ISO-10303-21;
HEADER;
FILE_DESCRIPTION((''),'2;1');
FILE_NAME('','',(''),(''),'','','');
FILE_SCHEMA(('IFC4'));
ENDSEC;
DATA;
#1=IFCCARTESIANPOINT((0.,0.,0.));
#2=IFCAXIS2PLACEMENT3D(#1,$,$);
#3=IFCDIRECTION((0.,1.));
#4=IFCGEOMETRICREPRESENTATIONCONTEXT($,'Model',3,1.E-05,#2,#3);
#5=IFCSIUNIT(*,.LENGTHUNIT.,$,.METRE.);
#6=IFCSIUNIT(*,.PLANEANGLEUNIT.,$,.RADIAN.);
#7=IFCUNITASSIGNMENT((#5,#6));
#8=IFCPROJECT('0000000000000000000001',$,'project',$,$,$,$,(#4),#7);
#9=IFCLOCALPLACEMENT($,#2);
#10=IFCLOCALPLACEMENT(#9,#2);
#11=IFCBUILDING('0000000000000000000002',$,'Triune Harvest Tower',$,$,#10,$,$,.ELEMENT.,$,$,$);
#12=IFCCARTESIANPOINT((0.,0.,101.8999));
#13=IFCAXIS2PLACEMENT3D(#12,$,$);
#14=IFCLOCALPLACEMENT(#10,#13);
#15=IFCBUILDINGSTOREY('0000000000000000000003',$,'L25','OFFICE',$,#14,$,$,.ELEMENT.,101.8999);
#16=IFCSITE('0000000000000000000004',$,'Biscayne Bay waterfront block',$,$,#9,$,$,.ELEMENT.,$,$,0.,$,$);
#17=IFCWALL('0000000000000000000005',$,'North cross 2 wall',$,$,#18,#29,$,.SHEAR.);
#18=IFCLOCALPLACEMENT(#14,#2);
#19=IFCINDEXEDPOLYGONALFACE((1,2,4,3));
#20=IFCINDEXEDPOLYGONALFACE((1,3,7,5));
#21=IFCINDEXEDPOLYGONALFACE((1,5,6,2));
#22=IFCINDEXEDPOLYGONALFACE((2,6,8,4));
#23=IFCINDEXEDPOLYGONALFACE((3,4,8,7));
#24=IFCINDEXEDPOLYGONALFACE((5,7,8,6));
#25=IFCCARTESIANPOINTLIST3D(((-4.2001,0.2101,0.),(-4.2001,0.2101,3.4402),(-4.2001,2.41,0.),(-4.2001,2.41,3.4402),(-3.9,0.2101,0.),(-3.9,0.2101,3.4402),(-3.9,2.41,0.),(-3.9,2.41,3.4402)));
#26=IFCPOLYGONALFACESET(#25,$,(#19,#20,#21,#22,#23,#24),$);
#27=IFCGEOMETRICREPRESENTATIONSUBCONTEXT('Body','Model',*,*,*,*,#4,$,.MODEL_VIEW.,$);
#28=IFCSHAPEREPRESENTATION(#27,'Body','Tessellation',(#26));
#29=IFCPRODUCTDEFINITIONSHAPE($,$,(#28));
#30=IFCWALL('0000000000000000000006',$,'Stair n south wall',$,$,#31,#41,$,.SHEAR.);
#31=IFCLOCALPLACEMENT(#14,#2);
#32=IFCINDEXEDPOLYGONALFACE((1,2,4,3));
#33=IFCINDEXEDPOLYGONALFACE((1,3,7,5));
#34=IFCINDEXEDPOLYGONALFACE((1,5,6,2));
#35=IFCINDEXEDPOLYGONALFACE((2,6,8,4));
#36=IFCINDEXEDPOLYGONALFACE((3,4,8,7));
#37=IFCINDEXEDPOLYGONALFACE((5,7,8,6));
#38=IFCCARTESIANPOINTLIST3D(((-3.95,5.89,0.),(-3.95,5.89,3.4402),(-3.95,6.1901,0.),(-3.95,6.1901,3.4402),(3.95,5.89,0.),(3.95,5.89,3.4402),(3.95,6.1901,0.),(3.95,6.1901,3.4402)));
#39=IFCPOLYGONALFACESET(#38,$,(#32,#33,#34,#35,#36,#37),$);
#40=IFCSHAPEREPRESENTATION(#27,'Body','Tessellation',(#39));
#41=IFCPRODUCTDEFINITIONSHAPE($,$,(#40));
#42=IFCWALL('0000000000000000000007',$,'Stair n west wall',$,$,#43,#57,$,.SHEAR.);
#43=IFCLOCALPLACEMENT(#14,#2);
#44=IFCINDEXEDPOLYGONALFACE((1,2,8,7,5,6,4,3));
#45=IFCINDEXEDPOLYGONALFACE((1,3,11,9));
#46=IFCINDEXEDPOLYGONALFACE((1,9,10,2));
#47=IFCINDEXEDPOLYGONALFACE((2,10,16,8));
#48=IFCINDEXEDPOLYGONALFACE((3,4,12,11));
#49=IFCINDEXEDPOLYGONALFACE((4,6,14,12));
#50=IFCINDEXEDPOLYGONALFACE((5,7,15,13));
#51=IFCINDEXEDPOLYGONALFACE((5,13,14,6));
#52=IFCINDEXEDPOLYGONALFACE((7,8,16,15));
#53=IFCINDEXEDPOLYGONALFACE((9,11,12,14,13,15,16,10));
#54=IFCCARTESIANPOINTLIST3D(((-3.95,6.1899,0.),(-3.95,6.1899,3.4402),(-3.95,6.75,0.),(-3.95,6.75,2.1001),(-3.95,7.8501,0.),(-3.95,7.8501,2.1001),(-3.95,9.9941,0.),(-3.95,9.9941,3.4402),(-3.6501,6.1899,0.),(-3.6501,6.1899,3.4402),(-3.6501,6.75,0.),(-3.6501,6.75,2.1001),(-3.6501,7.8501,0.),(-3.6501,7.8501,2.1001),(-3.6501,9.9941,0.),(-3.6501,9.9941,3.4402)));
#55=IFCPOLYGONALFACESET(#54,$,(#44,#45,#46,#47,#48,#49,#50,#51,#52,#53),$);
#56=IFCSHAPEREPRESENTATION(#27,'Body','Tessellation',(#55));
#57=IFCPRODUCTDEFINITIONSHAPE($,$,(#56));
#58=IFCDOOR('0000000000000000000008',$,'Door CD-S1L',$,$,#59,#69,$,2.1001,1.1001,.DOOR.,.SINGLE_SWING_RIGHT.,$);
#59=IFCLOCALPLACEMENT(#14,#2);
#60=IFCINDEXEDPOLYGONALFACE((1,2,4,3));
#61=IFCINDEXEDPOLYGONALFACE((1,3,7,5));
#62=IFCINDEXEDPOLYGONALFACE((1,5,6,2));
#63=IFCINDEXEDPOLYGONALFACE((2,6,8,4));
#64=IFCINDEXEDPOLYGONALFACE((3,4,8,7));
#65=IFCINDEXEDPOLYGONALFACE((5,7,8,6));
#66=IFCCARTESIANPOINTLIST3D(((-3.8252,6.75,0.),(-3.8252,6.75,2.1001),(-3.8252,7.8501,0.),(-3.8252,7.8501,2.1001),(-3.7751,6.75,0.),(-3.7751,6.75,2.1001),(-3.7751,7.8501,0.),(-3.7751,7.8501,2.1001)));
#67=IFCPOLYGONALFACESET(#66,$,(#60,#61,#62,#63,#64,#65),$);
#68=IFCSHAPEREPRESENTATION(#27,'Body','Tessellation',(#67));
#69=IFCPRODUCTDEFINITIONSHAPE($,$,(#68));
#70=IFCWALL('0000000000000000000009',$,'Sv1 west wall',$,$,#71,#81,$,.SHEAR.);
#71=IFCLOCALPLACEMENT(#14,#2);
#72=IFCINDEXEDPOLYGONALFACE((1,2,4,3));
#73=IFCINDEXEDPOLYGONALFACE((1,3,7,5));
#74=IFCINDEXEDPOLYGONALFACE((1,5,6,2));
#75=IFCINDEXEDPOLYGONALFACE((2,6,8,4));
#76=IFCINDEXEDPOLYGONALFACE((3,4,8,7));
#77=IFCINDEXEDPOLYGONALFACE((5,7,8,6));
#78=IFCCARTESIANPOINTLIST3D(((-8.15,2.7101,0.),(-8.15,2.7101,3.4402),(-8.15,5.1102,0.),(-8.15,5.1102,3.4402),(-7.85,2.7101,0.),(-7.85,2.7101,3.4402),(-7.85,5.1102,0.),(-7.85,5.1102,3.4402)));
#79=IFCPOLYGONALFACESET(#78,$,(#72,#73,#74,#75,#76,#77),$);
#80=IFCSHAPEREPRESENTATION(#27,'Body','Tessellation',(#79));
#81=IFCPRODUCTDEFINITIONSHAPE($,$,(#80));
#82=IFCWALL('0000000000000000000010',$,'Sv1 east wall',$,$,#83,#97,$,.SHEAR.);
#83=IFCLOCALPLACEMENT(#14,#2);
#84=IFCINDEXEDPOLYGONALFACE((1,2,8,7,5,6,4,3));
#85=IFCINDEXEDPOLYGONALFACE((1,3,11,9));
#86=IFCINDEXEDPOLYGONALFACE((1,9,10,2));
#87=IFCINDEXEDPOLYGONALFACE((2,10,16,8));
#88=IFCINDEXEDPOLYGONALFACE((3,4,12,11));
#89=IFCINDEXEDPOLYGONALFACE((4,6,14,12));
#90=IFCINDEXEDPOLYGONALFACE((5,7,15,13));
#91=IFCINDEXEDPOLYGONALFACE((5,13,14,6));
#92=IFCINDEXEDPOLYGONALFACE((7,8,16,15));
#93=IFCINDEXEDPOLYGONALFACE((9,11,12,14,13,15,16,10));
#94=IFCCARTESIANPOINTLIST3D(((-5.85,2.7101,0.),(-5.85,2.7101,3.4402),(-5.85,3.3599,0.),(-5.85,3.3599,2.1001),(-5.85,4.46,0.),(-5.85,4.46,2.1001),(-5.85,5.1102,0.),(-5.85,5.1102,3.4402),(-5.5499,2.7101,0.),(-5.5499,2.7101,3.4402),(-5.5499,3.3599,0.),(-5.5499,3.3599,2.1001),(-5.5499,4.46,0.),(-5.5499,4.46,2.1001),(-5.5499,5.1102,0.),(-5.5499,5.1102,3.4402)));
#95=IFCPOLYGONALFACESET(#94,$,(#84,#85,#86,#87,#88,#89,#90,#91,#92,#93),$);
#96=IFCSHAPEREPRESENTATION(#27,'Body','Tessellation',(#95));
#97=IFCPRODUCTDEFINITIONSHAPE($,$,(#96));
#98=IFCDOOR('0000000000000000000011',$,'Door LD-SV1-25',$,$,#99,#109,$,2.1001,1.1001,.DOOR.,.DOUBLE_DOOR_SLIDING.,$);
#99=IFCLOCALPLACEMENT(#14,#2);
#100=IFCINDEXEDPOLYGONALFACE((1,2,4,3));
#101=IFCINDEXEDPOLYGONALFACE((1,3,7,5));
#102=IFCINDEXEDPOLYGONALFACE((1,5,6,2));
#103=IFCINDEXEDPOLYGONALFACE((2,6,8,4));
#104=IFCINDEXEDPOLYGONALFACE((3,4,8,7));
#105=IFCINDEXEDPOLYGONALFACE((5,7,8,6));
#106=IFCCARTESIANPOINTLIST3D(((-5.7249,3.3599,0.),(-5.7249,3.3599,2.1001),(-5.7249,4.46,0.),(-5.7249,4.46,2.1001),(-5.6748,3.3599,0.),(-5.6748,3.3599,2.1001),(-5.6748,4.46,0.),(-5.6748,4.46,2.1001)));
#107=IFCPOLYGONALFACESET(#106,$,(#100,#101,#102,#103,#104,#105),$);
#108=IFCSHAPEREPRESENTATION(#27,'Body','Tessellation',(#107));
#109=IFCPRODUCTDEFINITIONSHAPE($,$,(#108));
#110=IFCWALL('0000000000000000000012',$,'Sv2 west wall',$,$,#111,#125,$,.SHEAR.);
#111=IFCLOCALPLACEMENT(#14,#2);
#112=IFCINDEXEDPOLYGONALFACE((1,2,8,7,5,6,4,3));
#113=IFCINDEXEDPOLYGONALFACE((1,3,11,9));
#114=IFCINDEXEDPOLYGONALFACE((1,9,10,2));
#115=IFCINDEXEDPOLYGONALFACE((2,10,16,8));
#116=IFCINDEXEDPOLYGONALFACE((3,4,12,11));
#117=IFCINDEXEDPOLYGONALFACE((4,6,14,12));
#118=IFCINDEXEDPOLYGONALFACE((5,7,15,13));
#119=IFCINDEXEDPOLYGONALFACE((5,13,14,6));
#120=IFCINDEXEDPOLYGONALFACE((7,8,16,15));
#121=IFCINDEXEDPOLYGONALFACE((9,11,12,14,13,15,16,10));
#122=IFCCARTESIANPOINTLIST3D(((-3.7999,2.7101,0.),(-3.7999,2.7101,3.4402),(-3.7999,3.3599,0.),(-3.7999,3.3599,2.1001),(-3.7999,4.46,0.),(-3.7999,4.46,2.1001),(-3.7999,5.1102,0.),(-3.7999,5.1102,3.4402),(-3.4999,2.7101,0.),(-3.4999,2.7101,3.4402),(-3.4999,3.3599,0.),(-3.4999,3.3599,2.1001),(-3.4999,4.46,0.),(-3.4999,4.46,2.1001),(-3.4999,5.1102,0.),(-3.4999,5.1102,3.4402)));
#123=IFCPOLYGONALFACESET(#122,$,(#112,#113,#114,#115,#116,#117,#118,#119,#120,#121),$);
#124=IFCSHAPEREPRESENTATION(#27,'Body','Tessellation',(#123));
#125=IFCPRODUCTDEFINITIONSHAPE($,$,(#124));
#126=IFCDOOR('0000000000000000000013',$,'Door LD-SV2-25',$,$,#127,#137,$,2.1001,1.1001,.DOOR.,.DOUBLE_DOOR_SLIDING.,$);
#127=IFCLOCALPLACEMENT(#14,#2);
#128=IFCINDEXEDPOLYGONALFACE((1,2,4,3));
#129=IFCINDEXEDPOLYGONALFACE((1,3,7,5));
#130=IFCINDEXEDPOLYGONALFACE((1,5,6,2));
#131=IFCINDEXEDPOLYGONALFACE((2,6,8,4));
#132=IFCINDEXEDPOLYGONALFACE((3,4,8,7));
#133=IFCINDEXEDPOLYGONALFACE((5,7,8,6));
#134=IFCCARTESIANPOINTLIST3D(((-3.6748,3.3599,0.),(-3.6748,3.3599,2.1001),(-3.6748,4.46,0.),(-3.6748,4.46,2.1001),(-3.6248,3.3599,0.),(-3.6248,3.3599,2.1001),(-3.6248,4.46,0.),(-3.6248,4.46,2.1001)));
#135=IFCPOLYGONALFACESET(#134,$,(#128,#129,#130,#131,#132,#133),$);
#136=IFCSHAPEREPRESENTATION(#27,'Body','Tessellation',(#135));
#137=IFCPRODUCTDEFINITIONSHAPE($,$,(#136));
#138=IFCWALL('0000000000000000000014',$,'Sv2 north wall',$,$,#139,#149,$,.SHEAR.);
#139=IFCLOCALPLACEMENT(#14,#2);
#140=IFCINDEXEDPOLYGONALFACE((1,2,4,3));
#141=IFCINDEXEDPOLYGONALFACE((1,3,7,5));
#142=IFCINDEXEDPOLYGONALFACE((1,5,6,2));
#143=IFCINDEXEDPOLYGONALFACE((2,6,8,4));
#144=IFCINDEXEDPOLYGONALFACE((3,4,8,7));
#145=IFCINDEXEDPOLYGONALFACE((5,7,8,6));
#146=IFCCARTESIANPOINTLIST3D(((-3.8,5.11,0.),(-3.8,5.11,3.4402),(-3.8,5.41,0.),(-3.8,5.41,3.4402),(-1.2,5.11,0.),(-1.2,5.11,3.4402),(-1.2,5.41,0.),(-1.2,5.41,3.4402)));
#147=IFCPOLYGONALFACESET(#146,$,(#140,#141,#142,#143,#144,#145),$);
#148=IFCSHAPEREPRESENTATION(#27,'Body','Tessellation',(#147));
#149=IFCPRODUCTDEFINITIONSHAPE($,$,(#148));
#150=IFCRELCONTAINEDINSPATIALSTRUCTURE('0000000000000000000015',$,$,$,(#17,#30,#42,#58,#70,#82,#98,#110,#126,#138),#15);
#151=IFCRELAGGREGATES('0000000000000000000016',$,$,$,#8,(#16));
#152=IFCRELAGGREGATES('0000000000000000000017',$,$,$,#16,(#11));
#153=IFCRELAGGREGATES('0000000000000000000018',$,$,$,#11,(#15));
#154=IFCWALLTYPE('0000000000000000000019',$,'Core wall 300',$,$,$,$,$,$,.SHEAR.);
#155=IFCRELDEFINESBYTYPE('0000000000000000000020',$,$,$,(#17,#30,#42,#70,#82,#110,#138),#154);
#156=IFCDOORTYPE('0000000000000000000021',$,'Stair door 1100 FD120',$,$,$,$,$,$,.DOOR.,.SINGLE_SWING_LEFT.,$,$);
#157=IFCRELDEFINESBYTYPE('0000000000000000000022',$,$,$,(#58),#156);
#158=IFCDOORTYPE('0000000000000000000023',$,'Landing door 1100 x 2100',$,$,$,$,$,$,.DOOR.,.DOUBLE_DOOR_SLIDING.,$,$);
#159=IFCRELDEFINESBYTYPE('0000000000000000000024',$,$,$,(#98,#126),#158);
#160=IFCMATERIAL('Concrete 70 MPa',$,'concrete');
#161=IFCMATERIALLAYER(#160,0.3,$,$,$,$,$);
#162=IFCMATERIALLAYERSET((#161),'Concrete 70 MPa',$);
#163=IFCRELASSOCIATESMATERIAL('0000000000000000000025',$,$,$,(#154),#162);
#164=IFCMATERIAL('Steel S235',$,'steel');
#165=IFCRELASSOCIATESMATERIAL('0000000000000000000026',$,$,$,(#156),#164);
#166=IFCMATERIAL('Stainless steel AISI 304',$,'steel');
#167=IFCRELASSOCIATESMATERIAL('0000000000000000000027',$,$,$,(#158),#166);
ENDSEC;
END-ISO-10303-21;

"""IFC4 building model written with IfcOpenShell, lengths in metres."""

from ifc_helpers import new_model, si_unit, direction, frame, frame_2d, origin, place, context, subcontext, project, spatial, polyline, rectangle, outline, extrude, source, transform, mapped, material, layer, layer_set, type_object, element, fill, save


model = new_model("IFC4")

# Units and contexts
model_context = context("Model", 3, precision=1e-05, world=origin(), true_north=direction((0.0, 1.0)))
body_context = subcontext(model_context, "Body", "Model", "MODEL_VIEW")
ifc_project = project(units=[si_unit("LENGTHUNIT", "METRE"), si_unit("PLANEANGLEUNIT", "RADIAN")], contexts=[model_context])

# Site, building, storey
site_placement = place(None, origin())
site = spatial("IfcSite", under=ifc_project, at=site_placement, Name="Biscayne Bay waterfront block", CompositionType="ELEMENT", RefElevation=0.0)
building_placement = place(site_placement, origin())
building = spatial("IfcBuilding", under=site, at=building_placement, Name="Triune Harvest Tower", CompositionType="ELEMENT")
storey_placement = place(building_placement, frame((0.0, 0.0, 101.8999)))
storey = spatial("IfcBuildingStorey", under=building, at=storey_placement, Name="L25", Description="OFFICE", CompositionType="ELEMENT", Elevation=101.8999)

# Walls
ifc_material_1 = material(Name="Concrete 70 MPa", Category="concrete")
ifc_layer_1 = layer(ifc_material_1, 0.3)
ifc_layer_set_1 = layer_set([ifc_layer_1], Name="Concrete 70 MPa")
wall_type_1 = type_object("IfcWallType", Name="Core wall 300", PredefinedType="SHEAR", material=ifc_layer_set_1)
shared_shape_1 = source(origin(), body_context, "Body", "SweptSolid", [
    extrude(rectangle(XDim=2.2, YDim=0.3, at=frame_2d((1.1001, 0.0))), origin(), (0.0, 0.0, 1.0), 3.4402),
])
for number, where, z_axis, x_axis, name in (
    (1, (-4.05, 0.21, 0.0), (0.0, 0.0, 1.0), (0.0, 1.0, 0.0), "North cross 2 wall"),
):
    element("IfcWall", number, at=place(storey_placement, frame(where, z_axis=z_axis, x_axis=x_axis)), inside=storey, type_object=wall_type_1, Name=name, PredefinedType="SHEAR", context=body_context, shape_type="MappedRepresentation", body=[
        mapped(shared_shape_1, transform((0.0, 0.0, 0.0), scale=1.0)),
    ])
shared_shape_2 = source(origin(), body_context, "Body", "SweptSolid", [
    extrude(rectangle(XDim=7.8999, YDim=0.3, at=frame_2d((3.95, 0.0))), origin(), (0.0, 0.0, 1.0), 3.4402),
])
wall_1_placement = place(storey_placement, frame((-3.95, 6.04, 0.0), z_axis=(0.0, 0.0, 1.0), x_axis=(1.0, 0.0, 0.0)))
element("IfcWall", 2, at=wall_1_placement, inside=storey, type_object=wall_type_1, Name="Stair n south wall", PredefinedType="SHEAR", context=body_context, shape_type="MappedRepresentation", body=[
    mapped(shared_shape_2, transform((0.0, 0.0, 0.0), scale=1.0)),
])

# Wall, opening, door
shared_shape_3 = source(origin(), body_context, "Body", "SweptSolid", [
    extrude(outline(polyline([(0.0, -0.1499), (0.0, 0.1499), (3.8042, 0.1499), (3.8042, -0.1499), (0.0, -0.1499)])), origin(), (0.0, 0.0, 1.0), 3.4402),
])
wall_2_placement = place(storey_placement, frame((-3.8, 6.1899, 0.0), z_axis=(0.0, 0.0, 1.0), x_axis=(0.0, 1.0, 0.0)))
wall_2 = element("IfcWall", 3, at=wall_2_placement, inside=storey, type_object=wall_type_1, Name="Stair n west wall", PredefinedType="SHEAR", context=body_context, shape_type="MappedRepresentation", body=[
    mapped(shared_shape_3, transform((0.0, 0.0, 0.0), scale=1.0)),
])
opening_1_placement = place(wall_2_placement, frame((0.5601, 0.0, 0.0)))
opening_1 = element("IfcOpeningElement", 4, at=opening_1_placement, cuts=wall_2, PredefinedType="OPENING", context=body_context, shape_type="SweptSolid", body=[
    extrude(rectangle(XDim=1.1001, YDim=2.1001, at=frame_2d((0.55, 1.05))), frame((0.0, 0.1602, 0.0), z_axis=(0.0, -1.0, 0.0), x_axis=(1.0, 0.0, 0.0)), (0.0, 0.0, 1.0), 0.3201),
])
ifc_material_2 = material(Name="Steel S235", Category="steel")
door_type_1 = type_object("IfcDoorType", Name="Stair door 1100 FD120", OperationType="SINGLE_SWING_LEFT", PredefinedType="DOOR", material=ifc_material_2)
door_1_placement = place(opening_1_placement, frame((1.1001, 0.0, 0.0), z_axis=(0.0, 0.0, 1.0), x_axis=(-1.0, 0.0, 0.0)))
door_1 = element("IfcDoor", 5, at=door_1_placement, inside=storey, type_object=door_type_1, Name="Door CD-S1L", OperationType="SINGLE_SWING_RIGHT", OverallHeight=2.1001, OverallWidth=1.1001, PredefinedType="DOOR", context=body_context, shape_type="SweptSolid", body=[
    extrude(rectangle(XDim=1.1001, YDim=2.1001, at=frame_2d((0.55, 1.05))), frame((0.0, 0.0249, 0.0), z_axis=(0.0, -1.0, 0.0), x_axis=(1.0, 0.0, 0.0)), (0.0, 0.0, 1.0), 0.05),
])
fill(opening_1, door_1)

# Wall
shared_shape_4 = source(origin(), body_context, "Body", "SweptSolid", [
    extrude(rectangle(XDim=2.4001, YDim=0.3, at=frame_2d((1.2002, 0.0))), origin(), (0.0, 0.0, 1.0), 3.4402),
])
wall_3_placement = place(storey_placement, frame((-8.0, 2.71, 0.0), z_axis=(0.0, 0.0, 1.0), x_axis=(0.0, 1.0, 0.0)))
element("IfcWall", 6, at=wall_3_placement, inside=storey, type_object=wall_type_1, Name="Sv1 west wall", PredefinedType="SHEAR", context=body_context, shape_type="MappedRepresentation", body=[
    mapped(shared_shape_4, transform((0.0, 0.0, 0.0), scale=1.0)),
])

# Walls, openings, doors
wall_4_placement = place(storey_placement, frame((-5.7, 2.71, 0.0), z_axis=(0.0, 0.0, 1.0), x_axis=(0.0, 1.0, 0.0)))
wall_4 = element("IfcWall", 7, at=wall_4_placement, inside=storey, type_object=wall_type_1, Name="Sv1 east wall", PredefinedType="SHEAR", context=body_context, shape_type="MappedRepresentation", body=[
    mapped(shared_shape_4, transform((0.0, 0.0, 0.0), scale=1.0)),
])
opening_2_placement = place(wall_4_placement, frame((0.6499, 0.0, 0.0)))
opening_2 = element("IfcOpeningElement", 8, at=opening_2_placement, cuts=wall_4, PredefinedType="OPENING", context=body_context, shape_type="SweptSolid", body=[
    extrude(rectangle(XDim=1.1001, YDim=2.1001, at=frame_2d((0.55, 1.05))), frame((0.0, 0.1602, 0.0), z_axis=(0.0, -1.0, 0.0), x_axis=(1.0, 0.0, 0.0)), (0.0, 0.0, 1.0), 0.3201),
])
ifc_material_3 = material(Name="Stainless steel AISI 304", Category="steel")
door_type_2 = type_object("IfcDoorType", Name="Landing door 1100 x 2100", OperationType="DOUBLE_DOOR_SLIDING", PredefinedType="DOOR", material=ifc_material_3)
door_2_placement = place(opening_2_placement, origin())
door_2 = element("IfcDoor", 9, at=door_2_placement, inside=storey, type_object=door_type_2, Name="Door LD-SV1-25", OperationType="DOUBLE_DOOR_SLIDING", OverallHeight=2.1001, OverallWidth=1.1001, PredefinedType="DOOR", context=body_context, shape_type="SweptSolid", body=[
    extrude(rectangle(XDim=1.1001, YDim=2.1001, at=frame_2d((0.55, 1.05))), frame((0.0, 0.0249, 0.0), z_axis=(0.0, -1.0, 0.0), x_axis=(1.0, 0.0, 0.0)), (0.0, 0.0, 1.0), 0.05),
])
fill(opening_2, door_2)
wall_5_placement = place(storey_placement, frame((-3.6499, 2.71, 0.0), z_axis=(0.0, 0.0, 1.0), x_axis=(0.0, 1.0, 0.0)))
wall_5 = element("IfcWall", 10, at=wall_5_placement, inside=storey, type_object=wall_type_1, Name="Sv2 west wall", PredefinedType="SHEAR", context=body_context, shape_type="MappedRepresentation", body=[
    mapped(shared_shape_4, transform((0.0, 0.0, 0.0), scale=1.0)),
])
opening_3_placement = place(wall_5_placement, frame((0.6499, 0.0, 0.0)))
opening_3 = element("IfcOpeningElement", 11, at=opening_3_placement, cuts=wall_5, PredefinedType="OPENING", context=body_context, shape_type="SweptSolid", body=[
    extrude(rectangle(XDim=1.1001, YDim=2.1001, at=frame_2d((0.55, 1.05))), frame((0.0, 0.1602, 0.0), z_axis=(0.0, -1.0, 0.0), x_axis=(1.0, 0.0, 0.0)), (0.0, 0.0, 1.0), 0.3201),
])
door_3_placement = place(opening_3_placement, origin())
door_3 = element("IfcDoor", 12, at=door_3_placement, inside=storey, type_object=door_type_2, Name="Door LD-SV2-25", OperationType="DOUBLE_DOOR_SLIDING", OverallHeight=2.1001, OverallWidth=1.1001, PredefinedType="DOOR", context=body_context, shape_type="SweptSolid", body=[
    extrude(rectangle(XDim=1.1001, YDim=2.1001, at=frame_2d((0.55, 1.05))), frame((0.0, 0.0249, 0.0), z_axis=(0.0, -1.0, 0.0), x_axis=(1.0, 0.0, 0.0)), (0.0, 0.0, 1.0), 0.05),
])
fill(opening_3, door_3)

# Wall
shared_shape_5 = source(origin(), body_context, "Body", "SweptSolid", [
    extrude(rectangle(XDim=2.6001, YDim=0.3, at=frame_2d((1.3, 0.0))), origin(), (0.0, 0.0, 1.0), 3.4402),
])
wall_6_placement = place(storey_placement, frame((-3.8, 5.26, 0.0), z_axis=(0.0, 0.0, 1.0), x_axis=(1.0, 0.0, 0.0)))
element("IfcWall", 13, at=wall_6_placement, inside=storey, type_object=wall_type_1, Name="Sv2 north wall", PredefinedType="SHEAR", context=body_context, shape_type="MappedRepresentation", body=[
    mapped(shared_shape_5, transform((0.0, 0.0, 0.0), scale=1.0)),
])

save(model, "model.ifc")
